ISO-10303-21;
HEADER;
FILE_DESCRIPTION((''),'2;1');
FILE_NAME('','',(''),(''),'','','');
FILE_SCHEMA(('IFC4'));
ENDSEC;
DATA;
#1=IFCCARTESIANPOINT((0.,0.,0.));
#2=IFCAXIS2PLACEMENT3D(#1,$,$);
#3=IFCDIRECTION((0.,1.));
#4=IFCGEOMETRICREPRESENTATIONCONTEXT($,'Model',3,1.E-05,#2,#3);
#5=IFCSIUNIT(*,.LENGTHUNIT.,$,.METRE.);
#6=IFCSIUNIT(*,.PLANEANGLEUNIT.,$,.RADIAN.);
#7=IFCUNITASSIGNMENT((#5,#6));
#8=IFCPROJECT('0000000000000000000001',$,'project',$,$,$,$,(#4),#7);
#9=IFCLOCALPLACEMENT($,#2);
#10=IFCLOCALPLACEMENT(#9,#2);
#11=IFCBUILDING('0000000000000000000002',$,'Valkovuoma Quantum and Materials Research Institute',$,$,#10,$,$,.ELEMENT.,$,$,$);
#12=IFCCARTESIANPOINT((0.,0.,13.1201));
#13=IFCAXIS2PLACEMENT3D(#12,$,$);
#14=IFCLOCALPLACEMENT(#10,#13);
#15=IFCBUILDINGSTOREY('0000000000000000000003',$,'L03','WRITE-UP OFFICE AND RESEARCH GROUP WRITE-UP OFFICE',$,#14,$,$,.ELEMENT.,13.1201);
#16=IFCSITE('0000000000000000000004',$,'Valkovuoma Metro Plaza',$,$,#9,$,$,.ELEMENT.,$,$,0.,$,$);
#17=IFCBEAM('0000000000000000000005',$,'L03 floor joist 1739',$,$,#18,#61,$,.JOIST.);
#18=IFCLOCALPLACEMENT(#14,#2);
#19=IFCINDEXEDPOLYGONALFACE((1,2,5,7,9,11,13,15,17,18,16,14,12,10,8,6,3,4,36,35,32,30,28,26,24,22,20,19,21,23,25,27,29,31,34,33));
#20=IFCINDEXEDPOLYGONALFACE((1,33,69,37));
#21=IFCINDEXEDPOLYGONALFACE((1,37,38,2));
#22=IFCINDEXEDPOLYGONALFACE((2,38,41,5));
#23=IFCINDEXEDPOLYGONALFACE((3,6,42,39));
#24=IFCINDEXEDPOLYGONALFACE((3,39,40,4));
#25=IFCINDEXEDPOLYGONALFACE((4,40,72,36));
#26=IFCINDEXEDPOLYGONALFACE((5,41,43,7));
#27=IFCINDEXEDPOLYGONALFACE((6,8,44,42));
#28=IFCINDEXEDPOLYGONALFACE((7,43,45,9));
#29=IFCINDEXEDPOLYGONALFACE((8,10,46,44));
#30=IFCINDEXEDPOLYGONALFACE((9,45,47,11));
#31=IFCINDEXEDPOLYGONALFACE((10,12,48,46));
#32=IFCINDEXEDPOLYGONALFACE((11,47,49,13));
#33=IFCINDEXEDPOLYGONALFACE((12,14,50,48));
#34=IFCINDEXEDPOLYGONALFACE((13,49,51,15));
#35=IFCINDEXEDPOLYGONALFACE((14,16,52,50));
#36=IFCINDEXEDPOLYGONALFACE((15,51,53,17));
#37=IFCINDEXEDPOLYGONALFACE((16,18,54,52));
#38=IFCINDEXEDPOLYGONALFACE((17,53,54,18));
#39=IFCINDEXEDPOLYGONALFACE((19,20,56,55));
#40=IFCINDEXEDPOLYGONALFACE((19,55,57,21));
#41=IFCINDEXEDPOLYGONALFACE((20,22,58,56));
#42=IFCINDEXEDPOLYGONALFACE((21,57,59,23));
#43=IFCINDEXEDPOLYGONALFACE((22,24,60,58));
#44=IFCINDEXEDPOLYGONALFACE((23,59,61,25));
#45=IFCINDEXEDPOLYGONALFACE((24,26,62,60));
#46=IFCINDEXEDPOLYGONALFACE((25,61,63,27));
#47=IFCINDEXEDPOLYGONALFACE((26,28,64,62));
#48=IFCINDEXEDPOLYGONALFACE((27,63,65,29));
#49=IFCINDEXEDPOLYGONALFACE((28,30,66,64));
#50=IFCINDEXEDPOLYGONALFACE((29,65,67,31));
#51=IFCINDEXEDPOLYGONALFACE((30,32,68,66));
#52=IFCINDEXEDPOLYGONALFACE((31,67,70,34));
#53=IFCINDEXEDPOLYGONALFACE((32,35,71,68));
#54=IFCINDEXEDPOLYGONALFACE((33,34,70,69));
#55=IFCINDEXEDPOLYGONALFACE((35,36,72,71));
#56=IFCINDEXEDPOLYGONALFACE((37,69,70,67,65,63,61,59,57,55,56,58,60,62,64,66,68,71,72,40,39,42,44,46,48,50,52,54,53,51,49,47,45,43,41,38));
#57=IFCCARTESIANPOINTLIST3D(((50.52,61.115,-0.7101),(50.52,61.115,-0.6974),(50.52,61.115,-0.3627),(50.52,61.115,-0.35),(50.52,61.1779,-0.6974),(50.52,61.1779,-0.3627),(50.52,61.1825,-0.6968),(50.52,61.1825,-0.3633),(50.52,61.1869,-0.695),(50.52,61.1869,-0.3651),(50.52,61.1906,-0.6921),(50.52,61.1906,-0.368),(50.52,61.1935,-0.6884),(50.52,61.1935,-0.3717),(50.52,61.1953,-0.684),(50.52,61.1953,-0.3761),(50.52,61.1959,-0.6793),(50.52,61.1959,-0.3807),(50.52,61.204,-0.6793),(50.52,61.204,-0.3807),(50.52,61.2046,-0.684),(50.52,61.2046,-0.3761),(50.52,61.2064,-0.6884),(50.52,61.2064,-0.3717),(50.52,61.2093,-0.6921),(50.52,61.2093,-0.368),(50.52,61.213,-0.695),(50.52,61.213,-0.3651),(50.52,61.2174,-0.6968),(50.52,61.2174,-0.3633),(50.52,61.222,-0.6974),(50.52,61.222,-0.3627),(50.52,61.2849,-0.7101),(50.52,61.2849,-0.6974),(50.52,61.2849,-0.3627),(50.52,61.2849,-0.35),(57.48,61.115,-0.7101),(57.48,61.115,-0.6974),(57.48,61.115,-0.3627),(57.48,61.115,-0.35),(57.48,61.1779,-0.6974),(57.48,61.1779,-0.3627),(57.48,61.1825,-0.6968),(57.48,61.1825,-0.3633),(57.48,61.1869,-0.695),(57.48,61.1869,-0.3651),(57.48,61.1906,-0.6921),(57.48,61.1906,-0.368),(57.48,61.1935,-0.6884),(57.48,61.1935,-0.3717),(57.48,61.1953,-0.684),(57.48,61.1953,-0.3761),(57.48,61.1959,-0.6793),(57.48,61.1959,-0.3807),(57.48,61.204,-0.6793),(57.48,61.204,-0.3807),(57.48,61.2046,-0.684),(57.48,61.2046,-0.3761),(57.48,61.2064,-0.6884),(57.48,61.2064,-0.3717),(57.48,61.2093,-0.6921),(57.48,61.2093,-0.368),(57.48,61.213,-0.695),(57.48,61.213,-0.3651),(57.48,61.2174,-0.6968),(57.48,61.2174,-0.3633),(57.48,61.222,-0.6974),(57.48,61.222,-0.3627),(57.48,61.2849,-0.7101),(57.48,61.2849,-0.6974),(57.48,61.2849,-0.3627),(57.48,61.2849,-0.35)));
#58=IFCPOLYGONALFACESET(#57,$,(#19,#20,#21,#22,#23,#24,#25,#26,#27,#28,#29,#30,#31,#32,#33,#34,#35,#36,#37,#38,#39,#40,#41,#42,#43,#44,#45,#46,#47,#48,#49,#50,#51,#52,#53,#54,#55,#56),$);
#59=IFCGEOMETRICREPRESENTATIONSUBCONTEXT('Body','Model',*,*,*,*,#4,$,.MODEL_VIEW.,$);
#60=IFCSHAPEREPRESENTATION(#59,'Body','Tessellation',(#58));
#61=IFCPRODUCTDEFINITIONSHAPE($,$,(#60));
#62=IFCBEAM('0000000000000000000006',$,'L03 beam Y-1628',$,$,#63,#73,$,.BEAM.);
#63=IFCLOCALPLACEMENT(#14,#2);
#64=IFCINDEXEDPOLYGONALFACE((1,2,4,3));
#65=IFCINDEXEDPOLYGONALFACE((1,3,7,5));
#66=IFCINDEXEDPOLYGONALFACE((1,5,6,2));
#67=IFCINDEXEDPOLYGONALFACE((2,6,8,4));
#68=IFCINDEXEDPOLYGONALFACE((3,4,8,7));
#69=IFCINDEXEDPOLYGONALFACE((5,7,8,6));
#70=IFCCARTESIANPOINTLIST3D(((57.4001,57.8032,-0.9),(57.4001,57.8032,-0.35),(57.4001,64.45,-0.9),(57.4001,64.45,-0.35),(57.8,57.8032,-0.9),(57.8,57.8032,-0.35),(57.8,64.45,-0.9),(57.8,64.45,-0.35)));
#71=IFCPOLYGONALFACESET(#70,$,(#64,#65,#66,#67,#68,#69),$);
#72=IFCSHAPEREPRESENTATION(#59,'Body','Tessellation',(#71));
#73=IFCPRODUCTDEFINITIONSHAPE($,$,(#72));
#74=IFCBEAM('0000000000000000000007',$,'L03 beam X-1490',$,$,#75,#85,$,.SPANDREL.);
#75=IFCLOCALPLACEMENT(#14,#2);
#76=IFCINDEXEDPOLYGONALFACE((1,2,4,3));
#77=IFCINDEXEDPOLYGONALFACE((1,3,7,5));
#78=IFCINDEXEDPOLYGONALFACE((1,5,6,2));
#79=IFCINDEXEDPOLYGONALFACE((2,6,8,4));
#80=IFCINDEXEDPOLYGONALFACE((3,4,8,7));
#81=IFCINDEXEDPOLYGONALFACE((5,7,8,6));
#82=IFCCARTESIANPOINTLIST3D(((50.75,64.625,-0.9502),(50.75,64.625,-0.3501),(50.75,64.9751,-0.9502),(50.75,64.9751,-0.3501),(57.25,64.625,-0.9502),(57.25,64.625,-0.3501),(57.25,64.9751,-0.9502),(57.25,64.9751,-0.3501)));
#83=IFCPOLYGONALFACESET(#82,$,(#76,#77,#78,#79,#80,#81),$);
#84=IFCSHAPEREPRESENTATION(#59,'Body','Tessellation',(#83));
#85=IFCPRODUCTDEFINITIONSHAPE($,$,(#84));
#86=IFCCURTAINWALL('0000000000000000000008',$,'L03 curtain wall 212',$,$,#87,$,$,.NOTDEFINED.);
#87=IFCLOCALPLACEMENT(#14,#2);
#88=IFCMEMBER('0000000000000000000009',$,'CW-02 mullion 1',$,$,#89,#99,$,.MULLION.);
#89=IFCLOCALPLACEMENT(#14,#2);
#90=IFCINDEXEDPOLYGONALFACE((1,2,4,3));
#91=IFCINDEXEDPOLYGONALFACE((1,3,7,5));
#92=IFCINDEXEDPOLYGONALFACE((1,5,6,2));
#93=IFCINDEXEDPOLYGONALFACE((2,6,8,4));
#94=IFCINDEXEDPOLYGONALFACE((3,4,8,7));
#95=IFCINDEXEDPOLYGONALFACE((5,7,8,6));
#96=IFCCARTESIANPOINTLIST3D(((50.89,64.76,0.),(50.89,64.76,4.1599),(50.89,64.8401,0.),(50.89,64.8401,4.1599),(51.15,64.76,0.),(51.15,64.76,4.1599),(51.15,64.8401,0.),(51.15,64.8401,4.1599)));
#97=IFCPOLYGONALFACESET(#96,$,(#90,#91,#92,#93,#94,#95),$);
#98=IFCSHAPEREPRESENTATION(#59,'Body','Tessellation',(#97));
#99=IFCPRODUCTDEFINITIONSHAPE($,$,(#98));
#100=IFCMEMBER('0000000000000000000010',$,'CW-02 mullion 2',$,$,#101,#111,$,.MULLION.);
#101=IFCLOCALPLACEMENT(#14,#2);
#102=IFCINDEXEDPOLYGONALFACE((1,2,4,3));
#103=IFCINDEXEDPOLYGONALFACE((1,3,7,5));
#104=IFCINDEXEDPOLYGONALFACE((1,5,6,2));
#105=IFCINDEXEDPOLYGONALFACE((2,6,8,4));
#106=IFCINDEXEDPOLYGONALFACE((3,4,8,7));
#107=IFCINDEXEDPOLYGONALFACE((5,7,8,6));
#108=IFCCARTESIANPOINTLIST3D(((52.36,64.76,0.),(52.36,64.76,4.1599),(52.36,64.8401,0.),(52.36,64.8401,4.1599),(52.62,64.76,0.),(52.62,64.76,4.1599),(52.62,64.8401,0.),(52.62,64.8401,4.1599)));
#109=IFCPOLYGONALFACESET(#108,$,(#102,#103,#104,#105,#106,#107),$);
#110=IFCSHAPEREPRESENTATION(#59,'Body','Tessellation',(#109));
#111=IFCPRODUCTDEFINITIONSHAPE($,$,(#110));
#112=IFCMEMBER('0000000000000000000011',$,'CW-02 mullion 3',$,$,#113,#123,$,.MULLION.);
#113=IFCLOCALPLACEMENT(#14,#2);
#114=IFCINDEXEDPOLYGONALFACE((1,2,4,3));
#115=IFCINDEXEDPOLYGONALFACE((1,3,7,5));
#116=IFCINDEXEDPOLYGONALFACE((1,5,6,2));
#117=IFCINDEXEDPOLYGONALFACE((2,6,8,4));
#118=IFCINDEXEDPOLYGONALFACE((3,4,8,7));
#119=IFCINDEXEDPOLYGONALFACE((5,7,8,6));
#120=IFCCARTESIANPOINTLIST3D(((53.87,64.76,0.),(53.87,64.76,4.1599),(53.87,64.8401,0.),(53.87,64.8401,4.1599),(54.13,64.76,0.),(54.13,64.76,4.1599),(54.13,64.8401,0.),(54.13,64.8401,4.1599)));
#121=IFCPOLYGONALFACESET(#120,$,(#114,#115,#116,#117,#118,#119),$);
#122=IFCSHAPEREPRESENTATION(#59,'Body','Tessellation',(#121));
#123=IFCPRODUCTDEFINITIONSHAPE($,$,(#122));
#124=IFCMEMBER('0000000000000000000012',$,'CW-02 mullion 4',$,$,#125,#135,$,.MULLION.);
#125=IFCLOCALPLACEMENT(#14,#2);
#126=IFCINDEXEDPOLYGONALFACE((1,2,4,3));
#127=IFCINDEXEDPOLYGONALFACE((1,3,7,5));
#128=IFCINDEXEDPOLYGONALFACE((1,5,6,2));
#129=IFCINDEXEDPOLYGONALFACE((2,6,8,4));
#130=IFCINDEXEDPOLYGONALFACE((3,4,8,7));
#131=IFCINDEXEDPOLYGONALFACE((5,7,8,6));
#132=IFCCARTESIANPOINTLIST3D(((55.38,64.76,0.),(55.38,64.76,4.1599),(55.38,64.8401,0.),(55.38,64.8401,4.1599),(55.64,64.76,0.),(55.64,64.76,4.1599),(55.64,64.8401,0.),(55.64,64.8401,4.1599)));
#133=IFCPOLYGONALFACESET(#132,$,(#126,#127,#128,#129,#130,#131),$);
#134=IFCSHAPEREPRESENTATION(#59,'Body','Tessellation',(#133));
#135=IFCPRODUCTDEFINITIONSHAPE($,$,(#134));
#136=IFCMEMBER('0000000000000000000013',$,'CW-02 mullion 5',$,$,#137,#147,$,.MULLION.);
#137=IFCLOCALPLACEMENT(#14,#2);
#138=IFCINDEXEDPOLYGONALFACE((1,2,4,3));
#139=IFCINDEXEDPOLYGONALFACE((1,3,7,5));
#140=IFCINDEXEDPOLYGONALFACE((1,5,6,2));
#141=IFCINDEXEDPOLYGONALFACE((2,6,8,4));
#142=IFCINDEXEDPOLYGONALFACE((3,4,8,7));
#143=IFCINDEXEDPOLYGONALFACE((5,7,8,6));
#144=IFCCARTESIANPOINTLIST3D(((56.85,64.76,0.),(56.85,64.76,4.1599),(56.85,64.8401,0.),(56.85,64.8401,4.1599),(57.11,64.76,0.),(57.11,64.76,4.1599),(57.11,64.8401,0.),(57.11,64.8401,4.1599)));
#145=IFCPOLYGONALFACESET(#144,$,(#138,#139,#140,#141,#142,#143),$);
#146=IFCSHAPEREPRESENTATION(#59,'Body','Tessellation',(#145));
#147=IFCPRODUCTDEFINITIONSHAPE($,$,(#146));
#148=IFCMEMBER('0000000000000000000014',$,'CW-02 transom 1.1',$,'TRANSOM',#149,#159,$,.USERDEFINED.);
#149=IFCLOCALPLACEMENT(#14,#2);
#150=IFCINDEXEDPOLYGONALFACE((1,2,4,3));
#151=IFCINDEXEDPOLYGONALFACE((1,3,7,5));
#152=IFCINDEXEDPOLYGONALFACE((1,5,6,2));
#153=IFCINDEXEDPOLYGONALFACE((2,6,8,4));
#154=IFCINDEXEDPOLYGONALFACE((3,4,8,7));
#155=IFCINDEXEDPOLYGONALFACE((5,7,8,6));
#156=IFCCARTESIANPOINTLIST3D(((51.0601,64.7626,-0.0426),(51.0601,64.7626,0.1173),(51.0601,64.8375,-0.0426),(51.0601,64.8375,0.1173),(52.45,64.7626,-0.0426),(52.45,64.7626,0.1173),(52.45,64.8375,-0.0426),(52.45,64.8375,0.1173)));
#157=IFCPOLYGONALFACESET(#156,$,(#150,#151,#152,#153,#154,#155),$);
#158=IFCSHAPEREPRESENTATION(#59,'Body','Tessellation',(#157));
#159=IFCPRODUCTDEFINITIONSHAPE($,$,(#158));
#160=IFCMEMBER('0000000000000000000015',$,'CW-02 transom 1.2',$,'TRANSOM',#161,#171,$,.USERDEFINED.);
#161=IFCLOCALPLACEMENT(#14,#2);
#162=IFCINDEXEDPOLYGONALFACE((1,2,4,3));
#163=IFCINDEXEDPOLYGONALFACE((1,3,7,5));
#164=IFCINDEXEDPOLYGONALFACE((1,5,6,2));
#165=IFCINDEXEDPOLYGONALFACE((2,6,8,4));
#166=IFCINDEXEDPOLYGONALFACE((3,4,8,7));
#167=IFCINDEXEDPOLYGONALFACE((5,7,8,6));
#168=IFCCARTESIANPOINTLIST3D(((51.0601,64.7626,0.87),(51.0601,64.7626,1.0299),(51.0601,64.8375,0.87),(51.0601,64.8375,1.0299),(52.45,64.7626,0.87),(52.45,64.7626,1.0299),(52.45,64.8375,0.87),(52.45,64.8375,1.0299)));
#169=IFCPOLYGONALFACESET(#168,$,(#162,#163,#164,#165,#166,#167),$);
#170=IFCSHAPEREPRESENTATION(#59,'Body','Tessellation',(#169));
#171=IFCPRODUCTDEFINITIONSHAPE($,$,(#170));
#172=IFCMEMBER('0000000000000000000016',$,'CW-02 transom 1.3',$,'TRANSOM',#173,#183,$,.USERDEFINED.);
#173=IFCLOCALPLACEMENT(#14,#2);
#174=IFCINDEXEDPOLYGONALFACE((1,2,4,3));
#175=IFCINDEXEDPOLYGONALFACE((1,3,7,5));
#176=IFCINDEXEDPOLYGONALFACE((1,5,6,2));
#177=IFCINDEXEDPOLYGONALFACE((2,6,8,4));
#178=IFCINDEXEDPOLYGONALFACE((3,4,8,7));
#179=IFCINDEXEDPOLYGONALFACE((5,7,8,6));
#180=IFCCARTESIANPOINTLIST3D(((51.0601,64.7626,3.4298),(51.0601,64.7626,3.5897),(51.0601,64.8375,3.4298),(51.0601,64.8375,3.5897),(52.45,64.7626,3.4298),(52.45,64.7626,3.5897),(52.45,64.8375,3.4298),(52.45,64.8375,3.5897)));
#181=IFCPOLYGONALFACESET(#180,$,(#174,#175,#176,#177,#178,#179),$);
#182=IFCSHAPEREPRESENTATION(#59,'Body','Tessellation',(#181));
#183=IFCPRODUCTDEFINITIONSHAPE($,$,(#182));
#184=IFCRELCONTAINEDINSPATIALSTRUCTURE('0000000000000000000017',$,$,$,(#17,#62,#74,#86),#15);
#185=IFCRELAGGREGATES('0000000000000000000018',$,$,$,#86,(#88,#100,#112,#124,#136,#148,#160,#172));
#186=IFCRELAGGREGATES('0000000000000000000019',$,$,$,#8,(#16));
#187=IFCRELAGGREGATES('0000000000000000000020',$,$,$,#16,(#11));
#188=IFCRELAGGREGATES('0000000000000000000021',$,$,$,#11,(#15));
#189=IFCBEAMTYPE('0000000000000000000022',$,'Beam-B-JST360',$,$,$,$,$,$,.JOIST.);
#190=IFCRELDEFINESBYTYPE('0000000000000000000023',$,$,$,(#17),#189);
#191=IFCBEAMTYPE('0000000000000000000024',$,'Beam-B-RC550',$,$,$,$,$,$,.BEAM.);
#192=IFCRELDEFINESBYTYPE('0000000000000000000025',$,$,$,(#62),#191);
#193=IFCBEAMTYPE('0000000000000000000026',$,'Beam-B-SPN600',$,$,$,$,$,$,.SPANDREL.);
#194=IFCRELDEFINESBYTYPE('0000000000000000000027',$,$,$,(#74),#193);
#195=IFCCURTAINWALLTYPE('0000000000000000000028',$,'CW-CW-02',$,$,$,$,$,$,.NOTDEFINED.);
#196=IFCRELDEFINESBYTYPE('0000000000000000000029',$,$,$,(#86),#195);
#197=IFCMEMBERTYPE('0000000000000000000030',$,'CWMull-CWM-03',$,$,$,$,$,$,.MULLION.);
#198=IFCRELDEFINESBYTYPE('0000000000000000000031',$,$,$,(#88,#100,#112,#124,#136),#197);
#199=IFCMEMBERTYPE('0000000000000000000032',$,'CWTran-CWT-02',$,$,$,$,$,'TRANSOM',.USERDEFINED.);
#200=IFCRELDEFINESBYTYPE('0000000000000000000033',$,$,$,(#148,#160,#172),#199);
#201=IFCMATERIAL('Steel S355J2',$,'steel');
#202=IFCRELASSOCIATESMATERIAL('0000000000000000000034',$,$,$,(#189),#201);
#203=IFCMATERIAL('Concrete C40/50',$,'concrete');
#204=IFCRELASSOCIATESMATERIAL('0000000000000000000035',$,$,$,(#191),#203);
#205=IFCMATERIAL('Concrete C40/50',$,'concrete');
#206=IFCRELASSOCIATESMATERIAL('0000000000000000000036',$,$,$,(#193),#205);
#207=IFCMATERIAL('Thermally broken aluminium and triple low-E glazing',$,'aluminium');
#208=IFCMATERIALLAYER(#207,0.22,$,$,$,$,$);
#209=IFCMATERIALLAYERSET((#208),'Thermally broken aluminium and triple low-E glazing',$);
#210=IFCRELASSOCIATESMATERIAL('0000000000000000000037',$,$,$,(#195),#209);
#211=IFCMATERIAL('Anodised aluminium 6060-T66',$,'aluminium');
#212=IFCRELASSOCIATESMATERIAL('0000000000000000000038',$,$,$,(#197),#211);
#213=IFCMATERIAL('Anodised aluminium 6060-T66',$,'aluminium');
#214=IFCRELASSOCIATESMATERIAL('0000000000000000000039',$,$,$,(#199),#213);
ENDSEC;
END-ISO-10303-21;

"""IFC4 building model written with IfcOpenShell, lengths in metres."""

from ifc_helpers import new_model, si_unit, direction, frame, origin, origin_2d, place, context, subcontext, project, spatial, rectangle, i_section, extrude, material, layer, layer_set, material_profile, profile_set, type_object, element, aggregate, save


model = new_model("IFC4")

# Units and contexts
model_context = context("Model", 3, precision=1e-05, world=origin(), true_north=direction((0.0, 1.0)))
body_context = subcontext(model_context, "Body", "Model", "MODEL_VIEW")
ifc_project = project(units=[si_unit("LENGTHUNIT", "METRE"), si_unit("PLANEANGLEUNIT", "RADIAN")], contexts=[model_context])

# Site, building, storey
site_placement = place(None, origin())
site = spatial("IfcSite", under=ifc_project, at=site_placement, Name="Valkovuoma Metro Plaza", CompositionType="ELEMENT", RefElevation=0.0)
building_placement = place(site_placement, origin())
building = spatial("IfcBuilding", under=site, at=building_placement, Name="Valkovuoma Quantum and Materials Research Institute", CompositionType="ELEMENT")
storey_placement = place(building_placement, frame((0.0, 0.0, 13.1201)))
storey = spatial("IfcBuildingStorey", under=building, at=storey_placement, Name="L03", Description="WRITE-UP OFFICE AND RESEARCH GROUP WRITE-UP OFFICE", CompositionType="ELEMENT", Elevation=13.1201)

# Beams
ifc_material_1 = material(Name="Steel S355J2", Category="steel")
ifc_material_profile_1 = material_profile(ifc_material_1, i_section(OverallWidth=0.1699, OverallDepth=0.3601, WebThickness=0.0081, FlangeThickness=0.0127, FilletRadius=0.0181, at=origin_2d()), Name="Steel S355J2")
ifc_profile_set_1 = profile_set([ifc_material_profile_1], Name="Steel S355J2")
beam_type_1 = type_object("IfcBeamType", Name="Beam-B-JST360", PredefinedType="JOIST", material=ifc_profile_set_1)
beam_1_placement = place(storey_placement, frame((50.52, 61.2, -0.53), z_axis=(1.0, 0.0, 0.0), x_axis=(0.0, 1.0, 0.0)))
element("IfcBeam", 1, at=beam_1_placement, inside=storey, type_object=beam_type_1, Name="L03 floor joist 1739", PredefinedType="JOIST", context=body_context, shape_type="SweptSolid", body=[
    extrude(i_section(OverallWidth=0.1699, OverallDepth=0.3601, WebThickness=0.0081, FlangeThickness=0.0127, FilletRadius=0.0181, at=origin_2d()), origin(), (0.0, 0.0, 1.0), 6.96),
])
ifc_material_2 = material(Name="Concrete C40/50", Category="concrete")
ifc_material_profile_2 = material_profile(ifc_material_2, rectangle(XDim=0.3999, YDim=0.55, at=origin_2d()), Name="Concrete C40/50")
ifc_profile_set_2 = profile_set([ifc_material_profile_2], Name="Concrete C40/50")
beam_type_2 = type_object("IfcBeamType", Name="Beam-B-RC550", PredefinedType="BEAM", material=ifc_profile_set_2)
beam_2_placement = place(storey_placement, frame((57.6001, 57.8032, -0.625), z_axis=(0.0, 1.0, 0.0), x_axis=(-1.0, 0.0, 0.0)))
element("IfcBeam", 2, at=beam_2_placement, inside=storey, type_object=beam_type_2, Name="L03 beam Y-1628", PredefinedType="BEAM", context=body_context, shape_type="SweptSolid", body=[
    extrude(rectangle(XDim=0.3999, YDim=0.55, at=origin_2d()), origin(), (0.0, 0.0, 1.0), 6.6467),
])
ifc_material_3 = material(Name="Concrete C40/50", Category="concrete")
ifc_material_profile_3 = material_profile(ifc_material_3, rectangle(XDim=0.3501, YDim=0.6001, at=origin_2d()), Name="Concrete C40/50")
ifc_profile_set_3 = profile_set([ifc_material_profile_3], Name="Concrete C40/50")
beam_type_3 = type_object("IfcBeamType", Name="Beam-B-SPN600", PredefinedType="SPANDREL", material=ifc_profile_set_3)
beam_3_placement = place(storey_placement, frame((50.75, 64.8, -0.6501), z_axis=(1.0, 0.0, 0.0), x_axis=(0.0, 1.0, 0.0)))
element("IfcBeam", 3, at=beam_3_placement, inside=storey, type_object=beam_type_3, Name="L03 beam X-1490", PredefinedType="SPANDREL", context=body_context, shape_type="SweptSolid", body=[
    extrude(rectangle(XDim=0.3501, YDim=0.6001, at=origin_2d()), origin(), (0.0, 0.0, 1.0), 6.5),
])

# Curtain wall, members
ifc_material_4 = material(Name="Thermally broken aluminium and triple low-E glazing", Category="aluminium")
ifc_layer_1 = layer(ifc_material_4, 0.22)
ifc_layer_set_1 = layer_set([ifc_layer_1], Name="Thermally broken aluminium and triple low-E glazing")
curtain_wall_type = type_object("IfcCurtainWallType", Name="CW-CW-02", PredefinedType="NOTDEFINED", material=ifc_layer_set_1)
curtain_wall_placement = place(storey_placement, origin())
curtain_wall = element("IfcCurtainWall", 4, at=curtain_wall_placement, inside=storey, type_object=curtain_wall_type, Name="L03 curtain wall 212", PredefinedType="NOTDEFINED")
ifc_material_5 = material(Name="Anodised aluminium 6060-T66", Category="aluminium")
ifc_material_profile_4 = material_profile(ifc_material_5, rectangle(XDim=0.0801, YDim=0.26, at=origin_2d()), Name="Anodised aluminium 6060-T66")
ifc_profile_set_4 = profile_set([ifc_material_profile_4], Name="Anodised aluminium 6060-T66")
member_type_1 = type_object("IfcMemberType", Name="CWMull-CWM-03", PredefinedType="MULLION", material=ifc_profile_set_4)
member_1_placement = place(storey_placement, frame((51.02, 64.8, 0.0), z_axis=(0.0, 0.0, 1.0), x_axis=(0.0, 1.0, 0.0)))
member_1 = element("IfcMember", 5, at=member_1_placement, type_object=member_type_1, Name="CW-02 mullion 1", PredefinedType="MULLION", context=body_context, shape_type="SweptSolid", body=[
    extrude(rectangle(XDim=0.0801, YDim=0.26, at=origin_2d()), origin(), (0.0, 0.0, 1.0), 4.1599),
])
member_2_placement = place(storey_placement, frame((52.49, 64.8, 0.0), z_axis=(0.0, 0.0, 1.0), x_axis=(0.0, 1.0, 0.0)))
member_2 = element("IfcMember", 6, at=member_2_placement, type_object=member_type_1, Name="CW-02 mullion 2", PredefinedType="MULLION", context=body_context, shape_type="SweptSolid", body=[
    extrude(rectangle(XDim=0.0801, YDim=0.26, at=origin_2d()), origin(), (0.0, 0.0, 1.0), 4.1599),
])
member_3_placement = place(storey_placement, frame((54.0, 64.8, 0.0), z_axis=(0.0, 0.0, 1.0), x_axis=(0.0, 1.0, 0.0)))
member_3 = element("IfcMember", 7, at=member_3_placement, type_object=member_type_1, Name="CW-02 mullion 3", PredefinedType="MULLION", context=body_context, shape_type="SweptSolid", body=[
    extrude(rectangle(XDim=0.0801, YDim=0.26, at=origin_2d()), origin(), (0.0, 0.0, 1.0), 4.1599),
])
member_4_placement = place(storey_placement, frame((55.51, 64.8, 0.0), z_axis=(0.0, 0.0, 1.0), x_axis=(0.0, 1.0, 0.0)))
member_4 = element("IfcMember", 8, at=member_4_placement, type_object=member_type_1, Name="CW-02 mullion 4", PredefinedType="MULLION", context=body_context, shape_type="SweptSolid", body=[
    extrude(rectangle(XDim=0.0801, YDim=0.26, at=origin_2d()), origin(), (0.0, 0.0, 1.0), 4.1599),
])
member_5_placement = place(storey_placement, frame((56.98, 64.8, 0.0), z_axis=(0.0, 0.0, 1.0), x_axis=(0.0, 1.0, 0.0)))
member_5 = element("IfcMember", 9, at=member_5_placement, type_object=member_type_1, Name="CW-02 mullion 5", PredefinedType="MULLION", context=body_context, shape_type="SweptSolid", body=[
    extrude(rectangle(XDim=0.0801, YDim=0.26, at=origin_2d()), origin(), (0.0, 0.0, 1.0), 4.1599),
])
ifc_material_6 = material(Name="Anodised aluminium 6060-T66", Category="aluminium")
ifc_material_profile_5 = material_profile(ifc_material_6, rectangle(XDim=0.075, YDim=0.1599, at=origin_2d()), Name="Anodised aluminium 6060-T66")
ifc_profile_set_5 = profile_set([ifc_material_profile_5], Name="Anodised aluminium 6060-T66")
member_type_2 = type_object("IfcMemberType", Name="CWTran-CWT-02", ElementType="TRANSOM", PredefinedType="USERDEFINED", material=ifc_profile_set_5)
member_6_placement = place(storey_placement, frame((51.0601, 64.8, 0.0374), z_axis=(1.0, 0.0, 0.0), x_axis=(0.0, 1.0, 0.0)))
member_6 = element("IfcMember", 10, at=member_6_placement, type_object=member_type_2, Name="CW-02 transom 1.1", ObjectType="TRANSOM", PredefinedType="USERDEFINED", context=body_context, shape_type="SweptSolid", body=[
    extrude(rectangle(XDim=0.075, YDim=0.1599, at=origin_2d()), origin(), (0.0, 0.0, 1.0), 1.3899),
])
member_7_placement = place(storey_placement, frame((51.0601, 64.8, 0.95), z_axis=(1.0, 0.0, 0.0), x_axis=(0.0, 1.0, 0.0)))
member_7 = element("IfcMember", 11, at=member_7_placement, type_object=member_type_2, Name="CW-02 transom 1.2", ObjectType="TRANSOM", PredefinedType="USERDEFINED", context=body_context, shape_type="SweptSolid", body=[
    extrude(rectangle(XDim=0.075, YDim=0.1599, at=origin_2d()), origin(), (0.0, 0.0, 1.0), 1.3899),
])
member_8_placement = place(storey_placement, frame((51.0601, 64.8, 3.5098), z_axis=(1.0, 0.0, 0.0), x_axis=(0.0, 1.0, 0.0)))
member_8 = element("IfcMember", 12, at=member_8_placement, type_object=member_type_2, Name="CW-02 transom 1.3", ObjectType="TRANSOM", PredefinedType="USERDEFINED", context=body_context, shape_type="SweptSolid", body=[
    extrude(rectangle(XDim=0.075, YDim=0.1599, at=origin_2d()), origin(), (0.0, 0.0, 1.0), 1.3899),
])
aggregate(curtain_wall, [member_1, member_2, member_3, member_4, member_5, member_6, member_7, member_8])

save(model, "model.ifc")
